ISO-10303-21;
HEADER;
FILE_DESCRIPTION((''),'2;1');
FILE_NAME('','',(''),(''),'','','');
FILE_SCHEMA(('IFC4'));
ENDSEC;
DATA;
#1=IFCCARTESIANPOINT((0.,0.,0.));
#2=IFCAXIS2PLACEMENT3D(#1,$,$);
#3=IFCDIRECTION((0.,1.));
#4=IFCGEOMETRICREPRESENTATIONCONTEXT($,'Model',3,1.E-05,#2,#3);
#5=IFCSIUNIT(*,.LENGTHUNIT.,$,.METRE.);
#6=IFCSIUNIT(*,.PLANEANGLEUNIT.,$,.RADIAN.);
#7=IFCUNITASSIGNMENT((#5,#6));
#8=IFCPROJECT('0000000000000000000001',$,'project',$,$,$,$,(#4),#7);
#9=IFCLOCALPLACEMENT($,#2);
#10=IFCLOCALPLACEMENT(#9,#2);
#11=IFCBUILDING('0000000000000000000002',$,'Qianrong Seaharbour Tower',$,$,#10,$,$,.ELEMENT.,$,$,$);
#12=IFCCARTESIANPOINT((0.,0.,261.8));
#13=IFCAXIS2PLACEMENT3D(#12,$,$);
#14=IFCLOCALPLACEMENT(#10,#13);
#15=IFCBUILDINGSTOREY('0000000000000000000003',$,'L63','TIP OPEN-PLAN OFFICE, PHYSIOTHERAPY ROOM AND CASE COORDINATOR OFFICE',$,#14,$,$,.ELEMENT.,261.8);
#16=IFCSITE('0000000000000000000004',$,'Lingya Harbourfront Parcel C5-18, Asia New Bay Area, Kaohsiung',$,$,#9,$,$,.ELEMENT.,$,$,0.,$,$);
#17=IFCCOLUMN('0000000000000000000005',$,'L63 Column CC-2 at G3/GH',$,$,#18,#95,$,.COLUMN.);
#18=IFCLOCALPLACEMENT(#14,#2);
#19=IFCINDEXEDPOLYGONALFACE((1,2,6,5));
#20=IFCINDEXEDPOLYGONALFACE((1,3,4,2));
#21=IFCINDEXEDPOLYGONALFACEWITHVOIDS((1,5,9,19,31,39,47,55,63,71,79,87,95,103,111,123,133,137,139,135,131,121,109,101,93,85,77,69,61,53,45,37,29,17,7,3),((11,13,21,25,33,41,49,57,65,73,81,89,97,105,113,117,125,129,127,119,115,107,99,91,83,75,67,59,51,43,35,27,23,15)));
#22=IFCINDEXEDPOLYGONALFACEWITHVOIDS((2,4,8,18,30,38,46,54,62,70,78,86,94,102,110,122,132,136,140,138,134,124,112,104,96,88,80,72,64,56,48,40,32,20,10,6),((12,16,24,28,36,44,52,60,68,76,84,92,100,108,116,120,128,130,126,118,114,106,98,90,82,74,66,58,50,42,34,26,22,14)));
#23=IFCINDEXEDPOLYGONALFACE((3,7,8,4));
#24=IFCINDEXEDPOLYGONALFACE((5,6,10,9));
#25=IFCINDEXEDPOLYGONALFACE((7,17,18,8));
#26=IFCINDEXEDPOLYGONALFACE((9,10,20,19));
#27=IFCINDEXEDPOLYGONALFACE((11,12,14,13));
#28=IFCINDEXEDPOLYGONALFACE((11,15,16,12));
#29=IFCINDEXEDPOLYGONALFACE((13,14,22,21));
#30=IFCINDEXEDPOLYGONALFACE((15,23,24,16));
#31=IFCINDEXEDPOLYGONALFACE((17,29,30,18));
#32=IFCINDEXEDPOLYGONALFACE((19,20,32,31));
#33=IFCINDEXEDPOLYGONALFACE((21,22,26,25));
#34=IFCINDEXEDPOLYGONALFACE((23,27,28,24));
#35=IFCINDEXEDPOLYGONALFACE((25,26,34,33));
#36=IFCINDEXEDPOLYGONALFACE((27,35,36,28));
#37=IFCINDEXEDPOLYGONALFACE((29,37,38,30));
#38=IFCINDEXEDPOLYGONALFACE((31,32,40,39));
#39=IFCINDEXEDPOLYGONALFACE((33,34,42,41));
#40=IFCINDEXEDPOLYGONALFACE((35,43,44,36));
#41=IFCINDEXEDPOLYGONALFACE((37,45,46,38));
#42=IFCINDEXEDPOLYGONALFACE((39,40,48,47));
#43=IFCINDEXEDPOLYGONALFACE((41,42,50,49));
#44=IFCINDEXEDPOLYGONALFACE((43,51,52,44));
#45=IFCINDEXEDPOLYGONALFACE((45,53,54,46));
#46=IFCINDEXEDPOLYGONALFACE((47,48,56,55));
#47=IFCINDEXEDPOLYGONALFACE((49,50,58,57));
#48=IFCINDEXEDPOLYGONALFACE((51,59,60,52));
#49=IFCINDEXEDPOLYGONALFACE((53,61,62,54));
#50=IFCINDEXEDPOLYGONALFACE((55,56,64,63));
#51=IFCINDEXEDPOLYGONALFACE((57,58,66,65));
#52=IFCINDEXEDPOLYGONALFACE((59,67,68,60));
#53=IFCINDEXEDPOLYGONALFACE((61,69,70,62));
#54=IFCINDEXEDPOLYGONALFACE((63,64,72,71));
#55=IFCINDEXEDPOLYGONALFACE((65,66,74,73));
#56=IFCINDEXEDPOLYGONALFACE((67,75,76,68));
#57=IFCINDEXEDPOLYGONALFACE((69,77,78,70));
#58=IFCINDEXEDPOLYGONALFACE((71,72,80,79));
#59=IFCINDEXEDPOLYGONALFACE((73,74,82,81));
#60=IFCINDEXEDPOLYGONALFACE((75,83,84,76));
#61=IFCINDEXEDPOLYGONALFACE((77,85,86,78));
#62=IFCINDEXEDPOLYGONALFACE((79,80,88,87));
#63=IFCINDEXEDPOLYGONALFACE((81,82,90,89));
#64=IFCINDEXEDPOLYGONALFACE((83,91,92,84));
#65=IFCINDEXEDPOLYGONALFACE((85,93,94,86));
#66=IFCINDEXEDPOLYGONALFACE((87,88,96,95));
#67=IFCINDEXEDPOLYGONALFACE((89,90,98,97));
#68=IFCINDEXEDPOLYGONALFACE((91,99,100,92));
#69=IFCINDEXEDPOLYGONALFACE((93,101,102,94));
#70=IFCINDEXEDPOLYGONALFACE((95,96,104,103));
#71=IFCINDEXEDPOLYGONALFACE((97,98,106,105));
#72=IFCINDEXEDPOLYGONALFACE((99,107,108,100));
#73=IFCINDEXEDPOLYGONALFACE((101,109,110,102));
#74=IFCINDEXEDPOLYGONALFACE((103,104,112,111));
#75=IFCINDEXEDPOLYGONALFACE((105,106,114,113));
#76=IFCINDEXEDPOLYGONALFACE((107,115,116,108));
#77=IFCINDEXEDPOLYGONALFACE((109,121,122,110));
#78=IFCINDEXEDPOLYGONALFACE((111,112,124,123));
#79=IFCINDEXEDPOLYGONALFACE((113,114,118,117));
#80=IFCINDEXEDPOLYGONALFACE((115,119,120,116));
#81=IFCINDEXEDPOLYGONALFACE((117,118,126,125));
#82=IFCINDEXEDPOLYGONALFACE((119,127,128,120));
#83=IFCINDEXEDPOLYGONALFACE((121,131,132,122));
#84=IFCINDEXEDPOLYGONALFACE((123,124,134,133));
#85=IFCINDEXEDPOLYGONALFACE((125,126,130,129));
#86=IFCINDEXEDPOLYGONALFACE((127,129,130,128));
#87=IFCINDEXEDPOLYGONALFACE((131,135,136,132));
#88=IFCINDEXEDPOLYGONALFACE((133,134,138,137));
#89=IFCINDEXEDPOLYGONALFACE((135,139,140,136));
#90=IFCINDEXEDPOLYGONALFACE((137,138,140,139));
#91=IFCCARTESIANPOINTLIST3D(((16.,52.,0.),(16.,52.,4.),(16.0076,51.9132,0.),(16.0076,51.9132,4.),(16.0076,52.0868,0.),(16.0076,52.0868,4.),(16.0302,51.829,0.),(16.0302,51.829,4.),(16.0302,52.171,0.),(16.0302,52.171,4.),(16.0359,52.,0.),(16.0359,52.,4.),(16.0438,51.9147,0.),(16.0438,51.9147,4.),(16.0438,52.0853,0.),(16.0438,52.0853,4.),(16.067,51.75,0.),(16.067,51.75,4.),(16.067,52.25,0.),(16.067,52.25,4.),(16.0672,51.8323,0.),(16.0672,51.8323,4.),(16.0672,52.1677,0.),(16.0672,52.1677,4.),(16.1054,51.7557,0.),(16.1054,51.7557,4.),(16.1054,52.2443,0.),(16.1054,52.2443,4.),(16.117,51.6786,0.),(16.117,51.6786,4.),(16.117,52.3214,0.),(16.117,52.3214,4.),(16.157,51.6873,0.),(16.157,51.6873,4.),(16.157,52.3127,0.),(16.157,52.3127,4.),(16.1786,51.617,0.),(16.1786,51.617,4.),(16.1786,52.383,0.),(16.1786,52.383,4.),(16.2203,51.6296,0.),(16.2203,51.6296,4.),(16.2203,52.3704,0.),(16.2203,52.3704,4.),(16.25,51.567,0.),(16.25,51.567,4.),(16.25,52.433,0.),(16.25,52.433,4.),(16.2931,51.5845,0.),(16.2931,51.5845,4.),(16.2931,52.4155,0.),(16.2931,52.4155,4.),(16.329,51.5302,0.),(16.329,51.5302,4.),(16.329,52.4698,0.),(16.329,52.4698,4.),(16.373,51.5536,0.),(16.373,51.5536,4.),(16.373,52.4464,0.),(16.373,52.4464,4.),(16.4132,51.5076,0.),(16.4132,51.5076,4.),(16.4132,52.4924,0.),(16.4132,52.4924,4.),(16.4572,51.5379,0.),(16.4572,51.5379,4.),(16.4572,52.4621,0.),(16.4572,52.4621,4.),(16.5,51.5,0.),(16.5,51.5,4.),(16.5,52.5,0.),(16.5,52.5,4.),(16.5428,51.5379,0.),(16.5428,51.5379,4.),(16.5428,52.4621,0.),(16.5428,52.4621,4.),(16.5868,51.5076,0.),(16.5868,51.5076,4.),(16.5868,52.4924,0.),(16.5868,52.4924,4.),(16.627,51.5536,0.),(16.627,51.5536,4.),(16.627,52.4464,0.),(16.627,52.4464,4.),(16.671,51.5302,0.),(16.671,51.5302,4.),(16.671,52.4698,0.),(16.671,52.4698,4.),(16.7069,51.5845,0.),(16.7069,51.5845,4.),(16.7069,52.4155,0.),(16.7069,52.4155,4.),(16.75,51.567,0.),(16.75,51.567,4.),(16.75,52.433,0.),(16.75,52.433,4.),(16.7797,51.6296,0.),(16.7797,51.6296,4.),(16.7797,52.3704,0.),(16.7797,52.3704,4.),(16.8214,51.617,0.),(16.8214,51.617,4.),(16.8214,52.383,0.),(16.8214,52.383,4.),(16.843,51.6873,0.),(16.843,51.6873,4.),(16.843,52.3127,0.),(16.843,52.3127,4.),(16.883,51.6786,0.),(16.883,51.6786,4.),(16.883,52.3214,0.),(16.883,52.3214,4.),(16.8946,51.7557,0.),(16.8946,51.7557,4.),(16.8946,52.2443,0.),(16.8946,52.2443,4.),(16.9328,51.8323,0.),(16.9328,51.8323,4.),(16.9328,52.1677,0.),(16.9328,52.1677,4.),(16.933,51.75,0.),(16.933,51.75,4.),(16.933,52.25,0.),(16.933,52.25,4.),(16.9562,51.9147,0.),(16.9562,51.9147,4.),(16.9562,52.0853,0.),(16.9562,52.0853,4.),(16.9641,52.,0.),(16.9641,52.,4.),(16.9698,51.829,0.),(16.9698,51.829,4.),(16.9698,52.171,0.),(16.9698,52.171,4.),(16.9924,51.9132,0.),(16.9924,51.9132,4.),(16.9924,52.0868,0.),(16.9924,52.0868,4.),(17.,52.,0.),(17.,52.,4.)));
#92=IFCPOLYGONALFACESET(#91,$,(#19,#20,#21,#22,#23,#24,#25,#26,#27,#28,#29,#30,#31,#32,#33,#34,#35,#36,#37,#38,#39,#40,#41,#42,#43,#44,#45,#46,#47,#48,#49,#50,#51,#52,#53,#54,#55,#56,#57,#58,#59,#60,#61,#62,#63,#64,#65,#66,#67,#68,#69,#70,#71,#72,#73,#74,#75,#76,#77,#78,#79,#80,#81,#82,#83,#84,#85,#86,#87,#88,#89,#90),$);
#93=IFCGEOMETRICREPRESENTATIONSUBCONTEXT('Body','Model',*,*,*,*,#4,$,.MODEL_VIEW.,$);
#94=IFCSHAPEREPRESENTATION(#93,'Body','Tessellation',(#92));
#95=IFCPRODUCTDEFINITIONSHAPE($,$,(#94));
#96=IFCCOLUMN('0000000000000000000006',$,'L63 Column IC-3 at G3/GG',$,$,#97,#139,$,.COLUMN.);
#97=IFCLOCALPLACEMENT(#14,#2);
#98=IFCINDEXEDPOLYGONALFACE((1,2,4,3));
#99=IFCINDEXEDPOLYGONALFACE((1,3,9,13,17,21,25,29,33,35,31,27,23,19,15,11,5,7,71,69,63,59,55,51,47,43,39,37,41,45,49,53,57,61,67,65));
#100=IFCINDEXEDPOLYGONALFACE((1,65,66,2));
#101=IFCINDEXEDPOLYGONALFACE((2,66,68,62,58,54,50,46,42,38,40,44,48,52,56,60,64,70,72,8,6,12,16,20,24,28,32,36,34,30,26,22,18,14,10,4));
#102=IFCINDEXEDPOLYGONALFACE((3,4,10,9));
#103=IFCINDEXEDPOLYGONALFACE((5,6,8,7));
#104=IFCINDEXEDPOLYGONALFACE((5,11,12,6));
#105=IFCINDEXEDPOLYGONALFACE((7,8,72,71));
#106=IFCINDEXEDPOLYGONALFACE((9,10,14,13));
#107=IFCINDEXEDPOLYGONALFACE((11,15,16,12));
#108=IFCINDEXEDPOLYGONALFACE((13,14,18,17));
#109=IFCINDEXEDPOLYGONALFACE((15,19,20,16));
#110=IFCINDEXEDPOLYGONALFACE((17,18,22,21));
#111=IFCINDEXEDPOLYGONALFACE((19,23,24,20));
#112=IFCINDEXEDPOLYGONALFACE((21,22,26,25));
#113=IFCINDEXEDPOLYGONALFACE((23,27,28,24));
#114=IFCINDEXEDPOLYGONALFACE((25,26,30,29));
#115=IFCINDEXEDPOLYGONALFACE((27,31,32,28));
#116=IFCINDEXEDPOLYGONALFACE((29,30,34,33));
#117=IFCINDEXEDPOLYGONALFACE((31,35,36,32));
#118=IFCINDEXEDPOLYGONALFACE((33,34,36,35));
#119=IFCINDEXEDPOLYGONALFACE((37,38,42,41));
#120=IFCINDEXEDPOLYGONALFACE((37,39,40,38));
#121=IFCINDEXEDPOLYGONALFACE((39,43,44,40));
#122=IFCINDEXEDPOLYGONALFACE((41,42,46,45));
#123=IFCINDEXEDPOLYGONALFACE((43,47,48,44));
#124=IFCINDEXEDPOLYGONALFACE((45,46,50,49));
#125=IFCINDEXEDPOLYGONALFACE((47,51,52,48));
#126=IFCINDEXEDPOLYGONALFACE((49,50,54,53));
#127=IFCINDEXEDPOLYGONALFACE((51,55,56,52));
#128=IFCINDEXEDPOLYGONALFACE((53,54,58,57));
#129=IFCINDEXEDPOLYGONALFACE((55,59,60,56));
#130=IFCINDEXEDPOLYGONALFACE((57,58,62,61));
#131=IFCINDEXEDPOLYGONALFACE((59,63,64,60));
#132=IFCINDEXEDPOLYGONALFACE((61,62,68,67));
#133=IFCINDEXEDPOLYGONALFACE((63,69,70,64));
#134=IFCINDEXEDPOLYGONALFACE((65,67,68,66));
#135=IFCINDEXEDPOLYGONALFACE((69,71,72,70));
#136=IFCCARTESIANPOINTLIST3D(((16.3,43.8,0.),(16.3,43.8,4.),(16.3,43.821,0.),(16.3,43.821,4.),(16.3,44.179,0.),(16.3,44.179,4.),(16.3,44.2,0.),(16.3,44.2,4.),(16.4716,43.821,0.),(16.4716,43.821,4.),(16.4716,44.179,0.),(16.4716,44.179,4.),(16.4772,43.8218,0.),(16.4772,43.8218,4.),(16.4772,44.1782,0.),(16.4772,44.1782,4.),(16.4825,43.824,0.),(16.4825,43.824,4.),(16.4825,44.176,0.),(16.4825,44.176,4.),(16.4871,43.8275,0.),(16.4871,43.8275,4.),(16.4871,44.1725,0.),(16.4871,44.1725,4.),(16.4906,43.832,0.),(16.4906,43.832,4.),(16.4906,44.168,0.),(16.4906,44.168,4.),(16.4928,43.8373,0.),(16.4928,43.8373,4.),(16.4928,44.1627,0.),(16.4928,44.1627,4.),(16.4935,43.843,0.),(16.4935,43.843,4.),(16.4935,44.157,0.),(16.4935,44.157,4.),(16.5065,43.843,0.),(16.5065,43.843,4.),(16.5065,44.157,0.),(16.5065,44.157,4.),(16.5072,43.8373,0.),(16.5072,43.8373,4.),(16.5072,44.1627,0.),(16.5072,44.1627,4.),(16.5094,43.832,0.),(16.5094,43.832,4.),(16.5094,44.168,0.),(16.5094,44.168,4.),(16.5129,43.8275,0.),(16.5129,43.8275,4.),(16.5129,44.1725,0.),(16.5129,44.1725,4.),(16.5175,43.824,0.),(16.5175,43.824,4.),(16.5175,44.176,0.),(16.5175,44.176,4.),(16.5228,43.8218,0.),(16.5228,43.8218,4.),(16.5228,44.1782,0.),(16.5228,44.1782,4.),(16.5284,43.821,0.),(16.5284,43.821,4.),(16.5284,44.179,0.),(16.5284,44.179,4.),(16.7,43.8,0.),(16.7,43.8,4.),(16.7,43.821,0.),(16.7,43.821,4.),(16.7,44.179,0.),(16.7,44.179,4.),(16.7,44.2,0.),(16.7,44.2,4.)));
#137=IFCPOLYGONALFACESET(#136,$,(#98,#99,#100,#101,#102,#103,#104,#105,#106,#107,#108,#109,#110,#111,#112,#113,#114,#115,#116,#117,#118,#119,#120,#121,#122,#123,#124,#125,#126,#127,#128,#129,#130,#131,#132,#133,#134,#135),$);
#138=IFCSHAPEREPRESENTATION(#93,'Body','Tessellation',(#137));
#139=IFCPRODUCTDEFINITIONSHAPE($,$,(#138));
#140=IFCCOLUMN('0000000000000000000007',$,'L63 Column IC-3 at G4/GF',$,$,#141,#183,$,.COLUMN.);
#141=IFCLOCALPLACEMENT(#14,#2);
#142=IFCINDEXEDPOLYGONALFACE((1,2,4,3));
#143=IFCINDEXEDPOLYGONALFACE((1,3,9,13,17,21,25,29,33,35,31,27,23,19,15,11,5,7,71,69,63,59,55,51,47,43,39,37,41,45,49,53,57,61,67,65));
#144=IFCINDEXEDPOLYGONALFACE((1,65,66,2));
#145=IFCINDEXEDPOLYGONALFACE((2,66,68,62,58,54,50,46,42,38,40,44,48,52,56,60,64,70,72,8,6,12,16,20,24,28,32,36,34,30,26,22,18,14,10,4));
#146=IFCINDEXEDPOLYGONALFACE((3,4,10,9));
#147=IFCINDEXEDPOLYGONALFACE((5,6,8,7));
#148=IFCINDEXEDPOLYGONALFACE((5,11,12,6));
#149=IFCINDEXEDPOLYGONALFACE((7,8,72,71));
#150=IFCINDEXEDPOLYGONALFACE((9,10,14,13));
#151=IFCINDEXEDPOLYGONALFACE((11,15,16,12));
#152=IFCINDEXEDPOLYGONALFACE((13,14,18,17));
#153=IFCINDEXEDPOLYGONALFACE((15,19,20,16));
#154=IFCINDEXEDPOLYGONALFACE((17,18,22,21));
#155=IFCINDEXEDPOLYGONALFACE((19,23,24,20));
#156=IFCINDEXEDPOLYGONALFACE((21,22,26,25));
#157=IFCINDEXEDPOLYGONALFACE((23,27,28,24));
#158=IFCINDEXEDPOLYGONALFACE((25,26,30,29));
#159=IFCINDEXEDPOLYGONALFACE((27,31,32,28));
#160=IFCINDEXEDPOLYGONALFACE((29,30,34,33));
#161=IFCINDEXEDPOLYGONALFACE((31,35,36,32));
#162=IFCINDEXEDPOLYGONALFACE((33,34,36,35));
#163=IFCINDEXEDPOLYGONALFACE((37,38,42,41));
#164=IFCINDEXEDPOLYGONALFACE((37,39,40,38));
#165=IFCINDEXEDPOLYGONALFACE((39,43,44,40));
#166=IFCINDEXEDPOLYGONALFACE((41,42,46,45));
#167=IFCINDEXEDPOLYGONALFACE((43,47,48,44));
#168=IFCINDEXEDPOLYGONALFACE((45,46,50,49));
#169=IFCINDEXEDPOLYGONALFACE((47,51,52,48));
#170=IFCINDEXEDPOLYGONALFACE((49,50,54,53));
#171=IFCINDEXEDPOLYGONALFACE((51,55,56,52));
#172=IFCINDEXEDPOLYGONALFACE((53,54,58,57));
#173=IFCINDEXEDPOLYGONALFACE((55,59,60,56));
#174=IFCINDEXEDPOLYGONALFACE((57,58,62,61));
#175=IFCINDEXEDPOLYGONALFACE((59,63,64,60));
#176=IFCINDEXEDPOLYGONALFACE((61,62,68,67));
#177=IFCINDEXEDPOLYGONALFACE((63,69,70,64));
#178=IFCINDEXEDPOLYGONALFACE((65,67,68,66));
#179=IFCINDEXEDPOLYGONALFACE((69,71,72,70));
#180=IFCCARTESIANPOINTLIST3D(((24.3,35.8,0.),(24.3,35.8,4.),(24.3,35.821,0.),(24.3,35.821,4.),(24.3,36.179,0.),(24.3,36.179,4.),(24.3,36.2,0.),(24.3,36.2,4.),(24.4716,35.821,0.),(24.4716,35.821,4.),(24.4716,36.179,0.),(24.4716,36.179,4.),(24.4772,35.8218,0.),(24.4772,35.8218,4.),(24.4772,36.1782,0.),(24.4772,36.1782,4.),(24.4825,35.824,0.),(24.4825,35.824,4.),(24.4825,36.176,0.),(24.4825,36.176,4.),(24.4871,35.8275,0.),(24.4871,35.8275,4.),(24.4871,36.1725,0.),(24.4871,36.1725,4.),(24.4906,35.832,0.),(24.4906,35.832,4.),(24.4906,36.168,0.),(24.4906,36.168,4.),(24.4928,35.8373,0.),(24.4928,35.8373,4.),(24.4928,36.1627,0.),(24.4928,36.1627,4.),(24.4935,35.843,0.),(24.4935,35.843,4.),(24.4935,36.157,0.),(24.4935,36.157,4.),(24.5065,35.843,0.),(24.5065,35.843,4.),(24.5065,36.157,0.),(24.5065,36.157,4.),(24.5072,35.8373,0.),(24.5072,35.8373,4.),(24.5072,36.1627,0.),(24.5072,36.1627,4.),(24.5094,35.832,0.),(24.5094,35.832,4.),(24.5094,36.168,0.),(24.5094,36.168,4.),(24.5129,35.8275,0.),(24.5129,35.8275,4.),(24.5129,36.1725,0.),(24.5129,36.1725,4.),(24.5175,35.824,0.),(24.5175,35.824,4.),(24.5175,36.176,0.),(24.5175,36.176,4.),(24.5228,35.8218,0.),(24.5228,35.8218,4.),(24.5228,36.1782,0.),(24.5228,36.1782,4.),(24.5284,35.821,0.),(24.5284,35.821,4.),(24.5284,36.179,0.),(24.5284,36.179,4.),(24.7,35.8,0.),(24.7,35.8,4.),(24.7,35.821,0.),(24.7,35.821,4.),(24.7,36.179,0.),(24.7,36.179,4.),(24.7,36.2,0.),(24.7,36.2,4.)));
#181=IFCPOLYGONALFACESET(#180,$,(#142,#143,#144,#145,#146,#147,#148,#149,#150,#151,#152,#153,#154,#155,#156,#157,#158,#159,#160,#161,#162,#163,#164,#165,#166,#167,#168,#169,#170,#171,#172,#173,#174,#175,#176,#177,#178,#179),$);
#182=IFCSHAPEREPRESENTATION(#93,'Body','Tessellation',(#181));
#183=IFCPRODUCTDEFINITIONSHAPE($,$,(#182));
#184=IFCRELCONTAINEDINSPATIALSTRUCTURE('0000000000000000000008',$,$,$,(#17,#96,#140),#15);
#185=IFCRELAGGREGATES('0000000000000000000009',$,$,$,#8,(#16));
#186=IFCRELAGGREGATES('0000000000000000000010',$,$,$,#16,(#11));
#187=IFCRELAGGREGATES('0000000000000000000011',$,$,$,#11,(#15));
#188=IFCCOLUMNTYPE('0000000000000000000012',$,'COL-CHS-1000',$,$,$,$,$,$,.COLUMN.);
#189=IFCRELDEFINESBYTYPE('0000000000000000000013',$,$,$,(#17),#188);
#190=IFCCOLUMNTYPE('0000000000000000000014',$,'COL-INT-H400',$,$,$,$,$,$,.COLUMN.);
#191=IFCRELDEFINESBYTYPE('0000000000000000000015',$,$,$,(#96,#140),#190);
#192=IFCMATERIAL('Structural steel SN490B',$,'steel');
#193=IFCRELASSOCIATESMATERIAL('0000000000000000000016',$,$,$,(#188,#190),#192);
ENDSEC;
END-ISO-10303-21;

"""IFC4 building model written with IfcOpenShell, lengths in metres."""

from ifc_helpers import new_model, si_unit, direction, frame, origin, origin_2d, place, context, subcontext, project, spatial, hollow_circle, i_section, extrude, material, material_profile, profile_set, type_object, element, save


model = new_model("IFC4")

# Units and contexts
model_context = context("Model", 3, precision=1e-05, world=origin(), true_north=direction((0.0, 1.0)))
body_context = subcontext(model_context, "Body", "Model", "MODEL_VIEW")
ifc_project = project(units=[si_unit("LENGTHUNIT", "METRE"), si_unit("PLANEANGLEUNIT", "RADIAN")], contexts=[model_context])

# Site, building, storey
site_placement = place(None, origin())
site = spatial("IfcSite", under=ifc_project, at=site_placement, Name="Lingya Harbourfront Parcel C5-18, Asia New Bay Area, Kaohsiung", CompositionType="ELEMENT", RefElevation=0.0)
building_placement = place(site_placement, origin())
building = spatial("IfcBuilding", under=site, at=building_placement, Name="Qianrong Seaharbour Tower", CompositionType="ELEMENT")
storey_placement = place(building_placement, frame((0.0, 0.0, 261.8)))
storey = spatial("IfcBuildingStorey", under=building, at=storey_placement, Name="L63", Description="TIP OPEN-PLAN OFFICE, PHYSIOTHERAPY ROOM AND CASE COORDINATOR OFFICE", CompositionType="ELEMENT", Elevation=261.8)

# Columns
ifc_material_1 = material(Name="Structural steel SN490B", Category="steel")
ifc_material_profile_1 = material_profile(ifc_material_1, hollow_circle(Radius=0.5, WallThickness=0.0359, at=origin_2d()), Name="CHS1000x36")
ifc_profile_set_1 = profile_set([ifc_material_profile_1], Name="Structural steel SN490B")
column_type_1 = type_object("IfcColumnType", Name="COL-CHS-1000", PredefinedType="COLUMN", material=ifc_profile_set_1)
column_placement = place(storey_placement, frame((16.5, 52.0, 0.0), z_axis=(0.0, 0.0, 1.0), x_axis=(1.0, 0.0, 0.0)))
element("IfcColumn", 1, at=column_placement, inside=storey, type_object=column_type_1, Name="L63 Column CC-2 at G3/GH", PredefinedType="COLUMN", context=body_context, shape_type="SweptSolid", body=[
    extrude(hollow_circle(Radius=0.5, WallThickness=0.0359, at=origin_2d()), origin(), (0.0, 0.0, 1.0), 4.0),
])
ifc_material_profile_2 = material_profile(ifc_material_1, i_section(OverallWidth=0.3999, OverallDepth=0.3999, WebThickness=0.0129, FlangeThickness=0.021, FilletRadius=0.022, at=origin_2d()), Name="H400x400x13x21")
ifc_profile_set_2 = profile_set([ifc_material_profile_2], Name="Structural steel SN490B")
column_type_2 = type_object("IfcColumnType", Name="COL-INT-H400", PredefinedType="COLUMN", material=ifc_profile_set_2)
for number, where, z_axis, x_axis, name in (
    (2, (16.5, 44.0, 0.0), (0.0, 0.0, 1.0), (1.0, 0.0, 0.0), "L63 Column IC-3 at G3/GG"),
    (3, (24.5, 36.0, 0.0), (0.0, 0.0, 1.0), (1.0, 0.0, 0.0), "L63 Column IC-3 at G4/GF"),
):
    element("IfcColumn", number, at=place(storey_placement, frame(where, z_axis=z_axis, x_axis=x_axis)), inside=storey, type_object=column_type_2, Name=name, PredefinedType="COLUMN", context=body_context, shape_type="SweptSolid", body=[
        extrude(i_section(OverallWidth=0.3999, OverallDepth=0.3999, WebThickness=0.0129, FlangeThickness=0.021, FilletRadius=0.022, at=origin_2d()), origin(), (0.0, 0.0, 1.0), 4.0),
    ])

save(model, "model.ifc")
